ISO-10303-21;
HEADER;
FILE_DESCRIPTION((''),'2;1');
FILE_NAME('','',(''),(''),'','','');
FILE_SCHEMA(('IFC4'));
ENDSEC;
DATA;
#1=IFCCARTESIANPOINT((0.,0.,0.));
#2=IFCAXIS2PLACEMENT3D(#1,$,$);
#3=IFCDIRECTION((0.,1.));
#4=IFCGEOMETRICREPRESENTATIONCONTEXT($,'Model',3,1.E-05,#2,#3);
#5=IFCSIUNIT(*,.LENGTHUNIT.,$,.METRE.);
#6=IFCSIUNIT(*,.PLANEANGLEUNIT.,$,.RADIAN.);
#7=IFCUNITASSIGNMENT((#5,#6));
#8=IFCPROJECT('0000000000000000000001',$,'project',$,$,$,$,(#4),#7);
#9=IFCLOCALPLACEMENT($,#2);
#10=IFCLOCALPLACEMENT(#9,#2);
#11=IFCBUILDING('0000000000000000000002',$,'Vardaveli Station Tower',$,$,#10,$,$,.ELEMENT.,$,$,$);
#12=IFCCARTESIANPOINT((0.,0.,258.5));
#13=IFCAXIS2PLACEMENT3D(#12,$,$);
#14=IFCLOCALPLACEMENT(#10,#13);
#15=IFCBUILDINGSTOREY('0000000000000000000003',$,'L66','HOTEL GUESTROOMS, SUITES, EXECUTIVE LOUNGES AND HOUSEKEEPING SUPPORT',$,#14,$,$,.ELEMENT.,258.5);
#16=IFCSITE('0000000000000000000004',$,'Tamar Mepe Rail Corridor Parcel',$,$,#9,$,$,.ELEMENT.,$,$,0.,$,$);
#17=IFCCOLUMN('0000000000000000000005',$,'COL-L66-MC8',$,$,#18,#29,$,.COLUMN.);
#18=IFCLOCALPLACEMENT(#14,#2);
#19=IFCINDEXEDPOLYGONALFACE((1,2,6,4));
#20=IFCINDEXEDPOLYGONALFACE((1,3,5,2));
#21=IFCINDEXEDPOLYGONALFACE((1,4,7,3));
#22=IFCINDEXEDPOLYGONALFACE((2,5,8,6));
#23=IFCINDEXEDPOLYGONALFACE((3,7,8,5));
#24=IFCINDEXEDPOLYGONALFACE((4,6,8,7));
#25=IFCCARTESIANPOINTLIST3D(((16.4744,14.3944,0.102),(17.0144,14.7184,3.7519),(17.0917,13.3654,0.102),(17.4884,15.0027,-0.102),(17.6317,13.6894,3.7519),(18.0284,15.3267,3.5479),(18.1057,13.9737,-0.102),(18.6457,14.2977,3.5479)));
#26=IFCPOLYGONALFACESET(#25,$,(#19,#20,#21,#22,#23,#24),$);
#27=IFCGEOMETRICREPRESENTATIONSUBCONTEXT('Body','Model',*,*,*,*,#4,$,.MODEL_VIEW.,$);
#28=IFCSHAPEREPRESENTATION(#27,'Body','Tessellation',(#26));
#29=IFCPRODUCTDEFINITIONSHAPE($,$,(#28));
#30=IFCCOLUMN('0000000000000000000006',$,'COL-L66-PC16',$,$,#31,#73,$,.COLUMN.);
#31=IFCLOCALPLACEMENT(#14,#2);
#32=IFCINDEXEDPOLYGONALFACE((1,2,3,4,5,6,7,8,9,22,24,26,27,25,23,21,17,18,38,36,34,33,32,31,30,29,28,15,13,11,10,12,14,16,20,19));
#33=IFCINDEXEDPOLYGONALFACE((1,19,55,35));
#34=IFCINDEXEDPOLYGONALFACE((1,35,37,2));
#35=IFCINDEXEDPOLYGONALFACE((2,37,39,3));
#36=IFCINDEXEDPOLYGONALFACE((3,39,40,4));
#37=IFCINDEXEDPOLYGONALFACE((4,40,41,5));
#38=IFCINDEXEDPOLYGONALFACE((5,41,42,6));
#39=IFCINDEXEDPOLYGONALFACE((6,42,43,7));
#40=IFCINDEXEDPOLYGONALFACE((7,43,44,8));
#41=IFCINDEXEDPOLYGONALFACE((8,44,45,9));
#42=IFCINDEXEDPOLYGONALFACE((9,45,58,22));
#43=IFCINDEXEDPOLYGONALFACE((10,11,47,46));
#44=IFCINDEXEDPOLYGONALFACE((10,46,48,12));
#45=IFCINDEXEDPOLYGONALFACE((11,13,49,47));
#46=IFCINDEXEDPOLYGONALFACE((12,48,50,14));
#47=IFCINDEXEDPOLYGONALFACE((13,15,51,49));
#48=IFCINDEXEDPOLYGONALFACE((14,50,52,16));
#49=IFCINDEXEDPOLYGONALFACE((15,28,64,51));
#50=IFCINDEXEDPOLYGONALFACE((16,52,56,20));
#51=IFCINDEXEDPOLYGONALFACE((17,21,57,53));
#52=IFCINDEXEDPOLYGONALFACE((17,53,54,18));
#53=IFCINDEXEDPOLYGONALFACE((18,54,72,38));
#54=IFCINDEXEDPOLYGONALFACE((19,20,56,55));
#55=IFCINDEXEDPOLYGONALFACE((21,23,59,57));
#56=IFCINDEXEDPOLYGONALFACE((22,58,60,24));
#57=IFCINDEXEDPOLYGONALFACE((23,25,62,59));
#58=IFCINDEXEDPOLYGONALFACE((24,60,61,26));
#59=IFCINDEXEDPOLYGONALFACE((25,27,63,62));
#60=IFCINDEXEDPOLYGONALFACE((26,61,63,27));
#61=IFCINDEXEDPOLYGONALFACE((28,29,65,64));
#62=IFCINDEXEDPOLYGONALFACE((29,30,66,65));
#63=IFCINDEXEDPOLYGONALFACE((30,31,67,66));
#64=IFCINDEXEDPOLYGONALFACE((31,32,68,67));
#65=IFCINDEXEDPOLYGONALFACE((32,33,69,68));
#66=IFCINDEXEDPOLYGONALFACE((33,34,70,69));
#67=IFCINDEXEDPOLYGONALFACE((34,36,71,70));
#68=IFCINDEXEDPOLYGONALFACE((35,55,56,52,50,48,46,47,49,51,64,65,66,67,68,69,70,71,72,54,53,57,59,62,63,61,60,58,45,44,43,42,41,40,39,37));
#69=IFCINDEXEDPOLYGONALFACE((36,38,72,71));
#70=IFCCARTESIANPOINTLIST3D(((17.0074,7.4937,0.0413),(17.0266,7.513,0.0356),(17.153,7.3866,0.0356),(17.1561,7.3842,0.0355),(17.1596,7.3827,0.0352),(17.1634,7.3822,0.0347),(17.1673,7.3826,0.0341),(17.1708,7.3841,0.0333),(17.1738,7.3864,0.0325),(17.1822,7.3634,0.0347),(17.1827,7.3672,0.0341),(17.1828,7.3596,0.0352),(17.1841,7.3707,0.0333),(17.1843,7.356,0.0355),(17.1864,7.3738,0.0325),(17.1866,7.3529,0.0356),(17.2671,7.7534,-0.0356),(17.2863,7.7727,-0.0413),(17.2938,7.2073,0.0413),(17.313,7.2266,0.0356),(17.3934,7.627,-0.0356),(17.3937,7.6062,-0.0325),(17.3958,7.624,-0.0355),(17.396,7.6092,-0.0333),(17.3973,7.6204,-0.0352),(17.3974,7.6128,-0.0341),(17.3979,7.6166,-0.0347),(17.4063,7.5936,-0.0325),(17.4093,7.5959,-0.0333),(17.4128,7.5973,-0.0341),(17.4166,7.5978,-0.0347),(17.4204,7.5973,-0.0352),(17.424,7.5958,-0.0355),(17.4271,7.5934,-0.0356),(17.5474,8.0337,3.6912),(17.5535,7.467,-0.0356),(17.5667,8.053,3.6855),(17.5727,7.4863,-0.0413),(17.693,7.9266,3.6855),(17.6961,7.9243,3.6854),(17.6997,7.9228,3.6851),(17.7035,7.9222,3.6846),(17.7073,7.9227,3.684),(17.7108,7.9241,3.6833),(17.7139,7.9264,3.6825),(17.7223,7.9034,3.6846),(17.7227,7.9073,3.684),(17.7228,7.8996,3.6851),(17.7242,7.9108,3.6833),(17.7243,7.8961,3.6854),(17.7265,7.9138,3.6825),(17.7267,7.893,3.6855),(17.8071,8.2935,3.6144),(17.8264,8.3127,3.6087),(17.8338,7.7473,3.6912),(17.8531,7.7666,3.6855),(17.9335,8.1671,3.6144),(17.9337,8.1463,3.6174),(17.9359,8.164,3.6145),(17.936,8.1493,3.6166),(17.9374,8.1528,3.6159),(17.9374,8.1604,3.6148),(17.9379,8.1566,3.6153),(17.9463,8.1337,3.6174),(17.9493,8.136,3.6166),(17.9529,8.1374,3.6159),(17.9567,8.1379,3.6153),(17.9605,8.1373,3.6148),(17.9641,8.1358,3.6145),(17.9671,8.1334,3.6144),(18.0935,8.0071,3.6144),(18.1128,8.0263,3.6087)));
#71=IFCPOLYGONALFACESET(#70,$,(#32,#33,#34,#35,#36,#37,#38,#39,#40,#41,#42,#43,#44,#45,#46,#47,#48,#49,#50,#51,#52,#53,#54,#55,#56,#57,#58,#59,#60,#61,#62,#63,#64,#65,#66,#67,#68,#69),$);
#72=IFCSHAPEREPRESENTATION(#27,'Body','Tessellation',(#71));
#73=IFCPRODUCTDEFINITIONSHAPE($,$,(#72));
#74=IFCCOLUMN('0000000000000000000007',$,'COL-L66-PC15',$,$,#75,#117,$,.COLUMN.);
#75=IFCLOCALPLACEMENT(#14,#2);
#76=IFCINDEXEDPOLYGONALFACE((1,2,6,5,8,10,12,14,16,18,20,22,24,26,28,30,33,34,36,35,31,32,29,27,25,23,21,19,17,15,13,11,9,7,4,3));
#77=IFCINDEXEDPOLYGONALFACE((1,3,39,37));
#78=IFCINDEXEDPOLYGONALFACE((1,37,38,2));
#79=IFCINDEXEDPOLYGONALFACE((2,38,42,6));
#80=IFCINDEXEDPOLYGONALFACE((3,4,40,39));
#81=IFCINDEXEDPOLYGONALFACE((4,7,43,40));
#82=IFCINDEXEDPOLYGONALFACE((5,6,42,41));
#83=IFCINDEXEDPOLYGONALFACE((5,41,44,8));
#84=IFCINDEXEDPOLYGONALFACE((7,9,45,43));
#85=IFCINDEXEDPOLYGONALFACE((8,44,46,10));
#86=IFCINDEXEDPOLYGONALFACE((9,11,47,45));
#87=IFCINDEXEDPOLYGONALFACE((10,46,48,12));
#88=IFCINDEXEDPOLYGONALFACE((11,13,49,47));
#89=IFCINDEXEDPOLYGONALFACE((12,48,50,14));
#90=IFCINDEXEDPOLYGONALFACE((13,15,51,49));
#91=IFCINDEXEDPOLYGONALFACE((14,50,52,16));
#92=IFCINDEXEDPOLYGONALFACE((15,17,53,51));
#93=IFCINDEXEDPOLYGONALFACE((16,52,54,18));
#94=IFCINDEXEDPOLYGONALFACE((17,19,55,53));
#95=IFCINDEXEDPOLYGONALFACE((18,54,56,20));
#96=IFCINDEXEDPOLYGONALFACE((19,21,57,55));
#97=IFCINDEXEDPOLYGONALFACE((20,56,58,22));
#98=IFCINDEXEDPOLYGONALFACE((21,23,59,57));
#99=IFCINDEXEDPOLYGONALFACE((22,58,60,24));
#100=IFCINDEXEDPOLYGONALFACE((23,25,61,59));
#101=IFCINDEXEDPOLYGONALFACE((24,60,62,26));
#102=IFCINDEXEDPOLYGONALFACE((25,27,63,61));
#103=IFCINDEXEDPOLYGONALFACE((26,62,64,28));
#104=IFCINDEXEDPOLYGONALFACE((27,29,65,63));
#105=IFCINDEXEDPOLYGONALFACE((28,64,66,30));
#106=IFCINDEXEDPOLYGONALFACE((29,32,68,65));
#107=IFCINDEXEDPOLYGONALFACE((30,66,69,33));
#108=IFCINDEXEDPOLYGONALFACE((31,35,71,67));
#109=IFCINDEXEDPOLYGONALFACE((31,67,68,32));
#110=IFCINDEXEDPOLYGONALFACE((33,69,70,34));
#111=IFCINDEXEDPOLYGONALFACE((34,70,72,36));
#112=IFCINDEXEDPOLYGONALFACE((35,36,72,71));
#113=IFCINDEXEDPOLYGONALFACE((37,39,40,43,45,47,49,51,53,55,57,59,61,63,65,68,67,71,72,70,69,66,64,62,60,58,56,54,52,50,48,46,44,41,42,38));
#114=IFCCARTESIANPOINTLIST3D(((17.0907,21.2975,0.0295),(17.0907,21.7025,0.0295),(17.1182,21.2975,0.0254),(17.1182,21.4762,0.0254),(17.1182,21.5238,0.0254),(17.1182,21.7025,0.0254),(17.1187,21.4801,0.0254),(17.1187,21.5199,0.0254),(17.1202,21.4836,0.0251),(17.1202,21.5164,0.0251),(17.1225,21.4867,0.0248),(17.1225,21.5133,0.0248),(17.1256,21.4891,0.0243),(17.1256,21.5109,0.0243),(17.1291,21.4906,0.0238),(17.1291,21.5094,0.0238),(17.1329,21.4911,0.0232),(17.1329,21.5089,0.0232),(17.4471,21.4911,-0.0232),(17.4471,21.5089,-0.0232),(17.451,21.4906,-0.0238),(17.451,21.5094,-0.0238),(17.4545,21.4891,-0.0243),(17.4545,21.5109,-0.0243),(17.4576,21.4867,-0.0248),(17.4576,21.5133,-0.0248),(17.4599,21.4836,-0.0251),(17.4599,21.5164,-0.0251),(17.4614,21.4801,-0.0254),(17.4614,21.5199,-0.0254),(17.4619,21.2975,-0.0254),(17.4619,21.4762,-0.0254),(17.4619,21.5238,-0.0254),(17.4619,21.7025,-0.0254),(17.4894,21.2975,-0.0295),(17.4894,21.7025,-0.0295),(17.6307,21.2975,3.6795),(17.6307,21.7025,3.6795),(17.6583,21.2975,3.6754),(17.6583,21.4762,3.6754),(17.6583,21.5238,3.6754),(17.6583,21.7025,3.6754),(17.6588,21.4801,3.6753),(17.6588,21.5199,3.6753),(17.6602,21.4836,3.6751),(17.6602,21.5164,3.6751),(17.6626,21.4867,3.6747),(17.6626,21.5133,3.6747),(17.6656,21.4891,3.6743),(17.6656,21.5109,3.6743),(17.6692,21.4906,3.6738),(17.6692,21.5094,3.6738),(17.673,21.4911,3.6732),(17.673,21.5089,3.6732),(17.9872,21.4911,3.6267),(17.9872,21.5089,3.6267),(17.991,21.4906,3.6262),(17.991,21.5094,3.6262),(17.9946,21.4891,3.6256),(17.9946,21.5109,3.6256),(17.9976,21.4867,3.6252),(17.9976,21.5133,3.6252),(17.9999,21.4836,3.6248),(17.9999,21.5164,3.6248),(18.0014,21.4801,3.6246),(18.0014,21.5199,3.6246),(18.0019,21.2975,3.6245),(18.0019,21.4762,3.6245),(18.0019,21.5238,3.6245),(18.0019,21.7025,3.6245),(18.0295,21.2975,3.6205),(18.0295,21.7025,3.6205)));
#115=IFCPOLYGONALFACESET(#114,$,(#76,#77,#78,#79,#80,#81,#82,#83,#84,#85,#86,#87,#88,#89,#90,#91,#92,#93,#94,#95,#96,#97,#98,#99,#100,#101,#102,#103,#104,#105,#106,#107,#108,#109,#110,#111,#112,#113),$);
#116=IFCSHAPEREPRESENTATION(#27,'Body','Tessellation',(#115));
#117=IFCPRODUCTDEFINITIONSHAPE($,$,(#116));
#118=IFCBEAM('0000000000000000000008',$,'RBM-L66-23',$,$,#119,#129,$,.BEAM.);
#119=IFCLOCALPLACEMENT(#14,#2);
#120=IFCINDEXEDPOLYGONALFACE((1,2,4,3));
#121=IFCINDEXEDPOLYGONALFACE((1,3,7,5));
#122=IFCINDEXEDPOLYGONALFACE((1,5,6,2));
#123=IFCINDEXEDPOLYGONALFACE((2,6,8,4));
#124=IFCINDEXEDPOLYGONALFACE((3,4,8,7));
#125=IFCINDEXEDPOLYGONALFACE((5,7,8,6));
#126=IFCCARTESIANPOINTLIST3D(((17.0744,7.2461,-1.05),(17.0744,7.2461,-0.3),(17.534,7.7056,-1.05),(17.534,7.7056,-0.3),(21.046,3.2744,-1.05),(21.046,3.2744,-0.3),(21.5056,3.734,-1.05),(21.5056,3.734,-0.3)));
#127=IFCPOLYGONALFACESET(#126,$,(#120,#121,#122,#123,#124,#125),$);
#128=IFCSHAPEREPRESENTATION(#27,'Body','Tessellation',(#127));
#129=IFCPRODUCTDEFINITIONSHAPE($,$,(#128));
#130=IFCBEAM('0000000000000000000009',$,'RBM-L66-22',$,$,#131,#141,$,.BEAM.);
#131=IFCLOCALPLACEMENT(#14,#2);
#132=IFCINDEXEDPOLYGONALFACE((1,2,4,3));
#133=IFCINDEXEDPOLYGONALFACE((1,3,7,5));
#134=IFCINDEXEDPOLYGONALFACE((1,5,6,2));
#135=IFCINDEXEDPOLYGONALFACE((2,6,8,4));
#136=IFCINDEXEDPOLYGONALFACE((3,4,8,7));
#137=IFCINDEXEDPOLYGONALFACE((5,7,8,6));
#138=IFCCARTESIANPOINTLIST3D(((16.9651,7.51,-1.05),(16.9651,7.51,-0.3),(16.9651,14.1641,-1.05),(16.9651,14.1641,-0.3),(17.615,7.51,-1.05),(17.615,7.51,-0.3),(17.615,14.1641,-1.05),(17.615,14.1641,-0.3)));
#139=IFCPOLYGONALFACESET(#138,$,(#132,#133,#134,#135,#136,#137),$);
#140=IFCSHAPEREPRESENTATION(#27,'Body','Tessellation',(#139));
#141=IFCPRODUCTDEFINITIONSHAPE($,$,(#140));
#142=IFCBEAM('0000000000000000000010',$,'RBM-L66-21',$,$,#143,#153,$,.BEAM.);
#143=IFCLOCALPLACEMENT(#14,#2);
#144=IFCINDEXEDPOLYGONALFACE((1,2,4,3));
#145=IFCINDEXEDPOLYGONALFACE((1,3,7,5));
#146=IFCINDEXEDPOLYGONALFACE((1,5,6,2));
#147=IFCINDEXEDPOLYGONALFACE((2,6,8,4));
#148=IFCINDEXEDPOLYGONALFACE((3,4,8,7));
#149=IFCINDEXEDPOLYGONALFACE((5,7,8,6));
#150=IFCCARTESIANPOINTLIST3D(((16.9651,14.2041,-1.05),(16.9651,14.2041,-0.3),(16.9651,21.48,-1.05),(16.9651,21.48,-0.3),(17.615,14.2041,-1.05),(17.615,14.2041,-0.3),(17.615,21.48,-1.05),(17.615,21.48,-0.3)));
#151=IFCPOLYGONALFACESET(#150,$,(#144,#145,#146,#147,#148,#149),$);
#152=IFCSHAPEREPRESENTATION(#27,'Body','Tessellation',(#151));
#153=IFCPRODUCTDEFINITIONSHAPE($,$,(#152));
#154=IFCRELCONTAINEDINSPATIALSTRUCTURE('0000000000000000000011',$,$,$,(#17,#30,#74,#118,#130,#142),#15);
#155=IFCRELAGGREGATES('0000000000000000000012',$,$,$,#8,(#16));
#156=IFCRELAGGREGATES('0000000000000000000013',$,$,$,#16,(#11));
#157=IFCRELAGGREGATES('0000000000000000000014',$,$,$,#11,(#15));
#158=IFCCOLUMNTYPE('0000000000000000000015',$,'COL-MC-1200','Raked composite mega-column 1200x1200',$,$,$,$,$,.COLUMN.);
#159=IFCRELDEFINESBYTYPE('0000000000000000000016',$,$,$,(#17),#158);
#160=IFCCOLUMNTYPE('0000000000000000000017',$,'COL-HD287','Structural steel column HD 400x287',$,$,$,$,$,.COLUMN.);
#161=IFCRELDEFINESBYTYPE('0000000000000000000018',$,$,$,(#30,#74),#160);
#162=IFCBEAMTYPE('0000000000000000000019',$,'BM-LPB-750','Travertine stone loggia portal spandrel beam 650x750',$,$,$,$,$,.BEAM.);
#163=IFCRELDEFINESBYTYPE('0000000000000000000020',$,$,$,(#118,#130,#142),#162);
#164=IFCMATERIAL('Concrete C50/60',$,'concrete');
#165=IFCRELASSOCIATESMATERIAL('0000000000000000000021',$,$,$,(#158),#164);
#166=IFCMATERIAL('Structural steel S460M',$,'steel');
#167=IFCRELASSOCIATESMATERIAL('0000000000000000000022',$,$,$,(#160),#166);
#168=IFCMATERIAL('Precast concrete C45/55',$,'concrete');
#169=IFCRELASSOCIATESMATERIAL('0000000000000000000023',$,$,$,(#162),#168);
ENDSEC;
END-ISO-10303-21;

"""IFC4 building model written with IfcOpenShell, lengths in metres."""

from ifc_helpers import new_model, si_unit, direction, frame, origin, origin_2d, place, context, subcontext, project, spatial, rectangle, i_section, extrude, source, transform, mapped, material, material_profile, profile_set, type_object, element, save


model = new_model("IFC4")

# Units and contexts
model_context = context("Model", 3, precision=1e-05, world=origin(), true_north=direction((0.0, 1.0)))
body_context = subcontext(model_context, "Body", "Model", "MODEL_VIEW")
ifc_project = project(units=[si_unit("LENGTHUNIT", "METRE"), si_unit("PLANEANGLEUNIT", "RADIAN")], contexts=[model_context])

# Site, building, storey
site_placement = place(None, origin())
site = spatial("IfcSite", under=ifc_project, at=site_placement, Name="Tamar Mepe Rail Corridor Parcel", CompositionType="ELEMENT", RefElevation=0.0)
building_placement = place(site_placement, origin())
building = spatial("IfcBuilding", under=site, at=building_placement, Name="Vardaveli Station Tower", CompositionType="ELEMENT")
storey_placement = place(building_placement, frame((0.0, 0.0, 258.5)))
storey = spatial("IfcBuildingStorey", under=building, at=storey_placement, Name="L66", Description="HOTEL GUESTROOMS, SUITES, EXECUTIVE LOUNGES AND HOUSEKEEPING SUPPORT", CompositionType="ELEMENT", Elevation=258.5)

# Columns
ifc_material_1 = material(Name="Concrete C50/60", Category="concrete")
ifc_material_profile_1 = material_profile(ifc_material_1, rectangle(XDim=1.2, YDim=1.2, at=origin_2d()), Name="MC 1200x1200")
ifc_profile_set_1 = profile_set([ifc_material_profile_1], Name="Concrete C50/60")
column_type_1 = type_object("IfcColumnType", Name="COL-MC-1200", Description="Raked composite mega-column 1200x1200", PredefinedType="COLUMN", material=ifc_profile_set_1)
shared_shape_1 = source(origin(), body_context, "Body", "SweptSolid", [
    extrude(rectangle(XDim=1.2, YDim=1.2, at=origin_2d()), origin(), (0.0, 0.0, 1.0), 3.7039),
])
column_1_placement = place(storey_placement, frame((17.29, 14.1841, 0.0), z_axis=(0.145805, 0.08747, 0.985439), x_axis=(-0.514439, 0.857527, 0.0)))
element("IfcColumn", 1, at=column_1_placement, inside=storey, type_object=column_type_1, Name="COL-L66-MC8", PredefinedType="COLUMN", context=body_context, shape_type="MappedRepresentation", body=[
    mapped(shared_shape_1, transform((0.0, 0.0, 0.0), scale=1.0)),
])
ifc_material_2 = material(Name="Structural steel S460M", Category="steel")
ifc_material_profile_2 = material_profile(ifc_material_2, i_section(OverallWidth=0.405, OverallDepth=0.4031, WebThickness=0.0178, FlangeThickness=0.0278, FilletRadius=0.0149, at=origin_2d()), Name="HD 400x287")
ifc_profile_set_2 = profile_set([ifc_material_profile_2], Name="Structural steel S460M")
column_type_2 = type_object("IfcColumnType", Name="COL-HD287", Description="Structural steel column HD 400x287", PredefinedType="COLUMN", material=ifc_profile_set_2)
shared_shape_2 = source(origin(), body_context, "Body", "SweptSolid", [
    extrude(i_section(OverallWidth=0.405, OverallDepth=0.4031, WebThickness=0.0178, FlangeThickness=0.0278, FilletRadius=0.0149, at=origin_2d()), origin(), (0.0, 0.0, 1.0), 3.729),
])
column_2_placement = place(storey_placement, frame((17.29, 7.49, 0.0), z_axis=(0.144823, 0.144823, 0.978802), x_axis=(-0.707107, 0.707107, 0.0)))
element("IfcColumn", 2, at=column_2_placement, inside=storey, type_object=column_type_2, Name="COL-L66-PC16", PredefinedType="COLUMN", context=body_context, shape_type="MappedRepresentation", body=[
    mapped(shared_shape_2, transform((0.0, 0.0, 0.0), scale=1.0)),
])
shared_shape_3 = source(origin(), body_context, "Body", "SweptSolid", [
    extrude(i_section(OverallWidth=0.405, OverallDepth=0.4031, WebThickness=0.0178, FlangeThickness=0.0278, FilletRadius=0.0149, at=origin_2d()), origin(), (0.0, 0.0, 1.0), 3.6897),
])
column_3_placement = place(storey_placement, frame((17.29, 21.5, 0.0), z_axis=(0.146366, 0.0, 0.98923), x_axis=(0.0, 1.0, 0.0)))
element("IfcColumn", 3, at=column_3_placement, inside=storey, type_object=column_type_2, Name="COL-L66-PC15", PredefinedType="COLUMN", context=body_context, shape_type="MappedRepresentation", body=[
    mapped(shared_shape_3, transform((0.0, 0.0, 0.0), scale=1.0)),
])

# Beams
ifc_material_3 = material(Name="Precast concrete C45/55", Category="concrete")
ifc_material_profile_3 = material_profile(ifc_material_3, rectangle(XDim=0.6499, YDim=0.75, at=origin_2d()), Name="LPB 650x750")
ifc_profile_set_3 = profile_set([ifc_material_profile_3], Name="Precast concrete C45/55")
beam_type_1 = type_object("IfcBeamType", Name="BM-LPB-750", Description="Travertine stone loggia portal spandrel beam 650x750", PredefinedType="BEAM", material=ifc_profile_set_3)
shared_shape_4 = source(origin(), body_context, "Body", "SweptSolid", [
    extrude(rectangle(XDim=0.6499, YDim=0.75, at=origin_2d()), origin(), (0.0, 0.0, 1.0), 5.6167),
])
beam_1_placement = place(storey_placement, frame((17.3042, 7.4758, -0.675), z_axis=(0.707107, -0.707107, 0.0), x_axis=(0.707107, 0.707107, 0.0)))
element("IfcBeam", 4, at=beam_1_placement, inside=storey, type_object=beam_type_1, Name="RBM-L66-23", PredefinedType="BEAM", context=body_context, shape_type="MappedRepresentation", body=[
    mapped(shared_shape_4, transform((0.0, 0.0, 0.0), scale=1.0)),
])
shared_shape_5 = source(origin(), body_context, "Body", "SweptSolid", [
    extrude(rectangle(XDim=0.6499, YDim=0.75, at=origin_2d()), origin(), (0.0, 0.0, 1.0), 6.6541),
])
beam_2_placement = place(storey_placement, frame((17.29, 14.1641, -0.675), z_axis=(0.0, -1.0, 0.0), x_axis=(1.0, 0.0, 0.0)))
element("IfcBeam", 5, at=beam_2_placement, inside=storey, type_object=beam_type_1, Name="RBM-L66-22", PredefinedType="BEAM", context=body_context, shape_type="MappedRepresentation", body=[
    mapped(shared_shape_5, transform((0.0, 0.0, 0.0), scale=1.0)),
])
shared_shape_6 = source(origin(), body_context, "Body", "SweptSolid", [
    extrude(rectangle(XDim=0.6499, YDim=0.75, at=origin_2d()), origin(), (0.0, 0.0, 1.0), 7.2759),
])
beam_3_placement = place(storey_placement, frame((17.29, 21.48, -0.675), z_axis=(0.0, -1.0, 0.0), x_axis=(1.0, 0.0, 0.0)))
element("IfcBeam", 6, at=beam_3_placement, inside=storey, type_object=beam_type_1, Name="RBM-L66-21", PredefinedType="BEAM", context=body_context, shape_type="MappedRepresentation", body=[
    mapped(shared_shape_6, transform((0.0, 0.0, 0.0), scale=1.0)),
])

save(model, "model.ifc")
